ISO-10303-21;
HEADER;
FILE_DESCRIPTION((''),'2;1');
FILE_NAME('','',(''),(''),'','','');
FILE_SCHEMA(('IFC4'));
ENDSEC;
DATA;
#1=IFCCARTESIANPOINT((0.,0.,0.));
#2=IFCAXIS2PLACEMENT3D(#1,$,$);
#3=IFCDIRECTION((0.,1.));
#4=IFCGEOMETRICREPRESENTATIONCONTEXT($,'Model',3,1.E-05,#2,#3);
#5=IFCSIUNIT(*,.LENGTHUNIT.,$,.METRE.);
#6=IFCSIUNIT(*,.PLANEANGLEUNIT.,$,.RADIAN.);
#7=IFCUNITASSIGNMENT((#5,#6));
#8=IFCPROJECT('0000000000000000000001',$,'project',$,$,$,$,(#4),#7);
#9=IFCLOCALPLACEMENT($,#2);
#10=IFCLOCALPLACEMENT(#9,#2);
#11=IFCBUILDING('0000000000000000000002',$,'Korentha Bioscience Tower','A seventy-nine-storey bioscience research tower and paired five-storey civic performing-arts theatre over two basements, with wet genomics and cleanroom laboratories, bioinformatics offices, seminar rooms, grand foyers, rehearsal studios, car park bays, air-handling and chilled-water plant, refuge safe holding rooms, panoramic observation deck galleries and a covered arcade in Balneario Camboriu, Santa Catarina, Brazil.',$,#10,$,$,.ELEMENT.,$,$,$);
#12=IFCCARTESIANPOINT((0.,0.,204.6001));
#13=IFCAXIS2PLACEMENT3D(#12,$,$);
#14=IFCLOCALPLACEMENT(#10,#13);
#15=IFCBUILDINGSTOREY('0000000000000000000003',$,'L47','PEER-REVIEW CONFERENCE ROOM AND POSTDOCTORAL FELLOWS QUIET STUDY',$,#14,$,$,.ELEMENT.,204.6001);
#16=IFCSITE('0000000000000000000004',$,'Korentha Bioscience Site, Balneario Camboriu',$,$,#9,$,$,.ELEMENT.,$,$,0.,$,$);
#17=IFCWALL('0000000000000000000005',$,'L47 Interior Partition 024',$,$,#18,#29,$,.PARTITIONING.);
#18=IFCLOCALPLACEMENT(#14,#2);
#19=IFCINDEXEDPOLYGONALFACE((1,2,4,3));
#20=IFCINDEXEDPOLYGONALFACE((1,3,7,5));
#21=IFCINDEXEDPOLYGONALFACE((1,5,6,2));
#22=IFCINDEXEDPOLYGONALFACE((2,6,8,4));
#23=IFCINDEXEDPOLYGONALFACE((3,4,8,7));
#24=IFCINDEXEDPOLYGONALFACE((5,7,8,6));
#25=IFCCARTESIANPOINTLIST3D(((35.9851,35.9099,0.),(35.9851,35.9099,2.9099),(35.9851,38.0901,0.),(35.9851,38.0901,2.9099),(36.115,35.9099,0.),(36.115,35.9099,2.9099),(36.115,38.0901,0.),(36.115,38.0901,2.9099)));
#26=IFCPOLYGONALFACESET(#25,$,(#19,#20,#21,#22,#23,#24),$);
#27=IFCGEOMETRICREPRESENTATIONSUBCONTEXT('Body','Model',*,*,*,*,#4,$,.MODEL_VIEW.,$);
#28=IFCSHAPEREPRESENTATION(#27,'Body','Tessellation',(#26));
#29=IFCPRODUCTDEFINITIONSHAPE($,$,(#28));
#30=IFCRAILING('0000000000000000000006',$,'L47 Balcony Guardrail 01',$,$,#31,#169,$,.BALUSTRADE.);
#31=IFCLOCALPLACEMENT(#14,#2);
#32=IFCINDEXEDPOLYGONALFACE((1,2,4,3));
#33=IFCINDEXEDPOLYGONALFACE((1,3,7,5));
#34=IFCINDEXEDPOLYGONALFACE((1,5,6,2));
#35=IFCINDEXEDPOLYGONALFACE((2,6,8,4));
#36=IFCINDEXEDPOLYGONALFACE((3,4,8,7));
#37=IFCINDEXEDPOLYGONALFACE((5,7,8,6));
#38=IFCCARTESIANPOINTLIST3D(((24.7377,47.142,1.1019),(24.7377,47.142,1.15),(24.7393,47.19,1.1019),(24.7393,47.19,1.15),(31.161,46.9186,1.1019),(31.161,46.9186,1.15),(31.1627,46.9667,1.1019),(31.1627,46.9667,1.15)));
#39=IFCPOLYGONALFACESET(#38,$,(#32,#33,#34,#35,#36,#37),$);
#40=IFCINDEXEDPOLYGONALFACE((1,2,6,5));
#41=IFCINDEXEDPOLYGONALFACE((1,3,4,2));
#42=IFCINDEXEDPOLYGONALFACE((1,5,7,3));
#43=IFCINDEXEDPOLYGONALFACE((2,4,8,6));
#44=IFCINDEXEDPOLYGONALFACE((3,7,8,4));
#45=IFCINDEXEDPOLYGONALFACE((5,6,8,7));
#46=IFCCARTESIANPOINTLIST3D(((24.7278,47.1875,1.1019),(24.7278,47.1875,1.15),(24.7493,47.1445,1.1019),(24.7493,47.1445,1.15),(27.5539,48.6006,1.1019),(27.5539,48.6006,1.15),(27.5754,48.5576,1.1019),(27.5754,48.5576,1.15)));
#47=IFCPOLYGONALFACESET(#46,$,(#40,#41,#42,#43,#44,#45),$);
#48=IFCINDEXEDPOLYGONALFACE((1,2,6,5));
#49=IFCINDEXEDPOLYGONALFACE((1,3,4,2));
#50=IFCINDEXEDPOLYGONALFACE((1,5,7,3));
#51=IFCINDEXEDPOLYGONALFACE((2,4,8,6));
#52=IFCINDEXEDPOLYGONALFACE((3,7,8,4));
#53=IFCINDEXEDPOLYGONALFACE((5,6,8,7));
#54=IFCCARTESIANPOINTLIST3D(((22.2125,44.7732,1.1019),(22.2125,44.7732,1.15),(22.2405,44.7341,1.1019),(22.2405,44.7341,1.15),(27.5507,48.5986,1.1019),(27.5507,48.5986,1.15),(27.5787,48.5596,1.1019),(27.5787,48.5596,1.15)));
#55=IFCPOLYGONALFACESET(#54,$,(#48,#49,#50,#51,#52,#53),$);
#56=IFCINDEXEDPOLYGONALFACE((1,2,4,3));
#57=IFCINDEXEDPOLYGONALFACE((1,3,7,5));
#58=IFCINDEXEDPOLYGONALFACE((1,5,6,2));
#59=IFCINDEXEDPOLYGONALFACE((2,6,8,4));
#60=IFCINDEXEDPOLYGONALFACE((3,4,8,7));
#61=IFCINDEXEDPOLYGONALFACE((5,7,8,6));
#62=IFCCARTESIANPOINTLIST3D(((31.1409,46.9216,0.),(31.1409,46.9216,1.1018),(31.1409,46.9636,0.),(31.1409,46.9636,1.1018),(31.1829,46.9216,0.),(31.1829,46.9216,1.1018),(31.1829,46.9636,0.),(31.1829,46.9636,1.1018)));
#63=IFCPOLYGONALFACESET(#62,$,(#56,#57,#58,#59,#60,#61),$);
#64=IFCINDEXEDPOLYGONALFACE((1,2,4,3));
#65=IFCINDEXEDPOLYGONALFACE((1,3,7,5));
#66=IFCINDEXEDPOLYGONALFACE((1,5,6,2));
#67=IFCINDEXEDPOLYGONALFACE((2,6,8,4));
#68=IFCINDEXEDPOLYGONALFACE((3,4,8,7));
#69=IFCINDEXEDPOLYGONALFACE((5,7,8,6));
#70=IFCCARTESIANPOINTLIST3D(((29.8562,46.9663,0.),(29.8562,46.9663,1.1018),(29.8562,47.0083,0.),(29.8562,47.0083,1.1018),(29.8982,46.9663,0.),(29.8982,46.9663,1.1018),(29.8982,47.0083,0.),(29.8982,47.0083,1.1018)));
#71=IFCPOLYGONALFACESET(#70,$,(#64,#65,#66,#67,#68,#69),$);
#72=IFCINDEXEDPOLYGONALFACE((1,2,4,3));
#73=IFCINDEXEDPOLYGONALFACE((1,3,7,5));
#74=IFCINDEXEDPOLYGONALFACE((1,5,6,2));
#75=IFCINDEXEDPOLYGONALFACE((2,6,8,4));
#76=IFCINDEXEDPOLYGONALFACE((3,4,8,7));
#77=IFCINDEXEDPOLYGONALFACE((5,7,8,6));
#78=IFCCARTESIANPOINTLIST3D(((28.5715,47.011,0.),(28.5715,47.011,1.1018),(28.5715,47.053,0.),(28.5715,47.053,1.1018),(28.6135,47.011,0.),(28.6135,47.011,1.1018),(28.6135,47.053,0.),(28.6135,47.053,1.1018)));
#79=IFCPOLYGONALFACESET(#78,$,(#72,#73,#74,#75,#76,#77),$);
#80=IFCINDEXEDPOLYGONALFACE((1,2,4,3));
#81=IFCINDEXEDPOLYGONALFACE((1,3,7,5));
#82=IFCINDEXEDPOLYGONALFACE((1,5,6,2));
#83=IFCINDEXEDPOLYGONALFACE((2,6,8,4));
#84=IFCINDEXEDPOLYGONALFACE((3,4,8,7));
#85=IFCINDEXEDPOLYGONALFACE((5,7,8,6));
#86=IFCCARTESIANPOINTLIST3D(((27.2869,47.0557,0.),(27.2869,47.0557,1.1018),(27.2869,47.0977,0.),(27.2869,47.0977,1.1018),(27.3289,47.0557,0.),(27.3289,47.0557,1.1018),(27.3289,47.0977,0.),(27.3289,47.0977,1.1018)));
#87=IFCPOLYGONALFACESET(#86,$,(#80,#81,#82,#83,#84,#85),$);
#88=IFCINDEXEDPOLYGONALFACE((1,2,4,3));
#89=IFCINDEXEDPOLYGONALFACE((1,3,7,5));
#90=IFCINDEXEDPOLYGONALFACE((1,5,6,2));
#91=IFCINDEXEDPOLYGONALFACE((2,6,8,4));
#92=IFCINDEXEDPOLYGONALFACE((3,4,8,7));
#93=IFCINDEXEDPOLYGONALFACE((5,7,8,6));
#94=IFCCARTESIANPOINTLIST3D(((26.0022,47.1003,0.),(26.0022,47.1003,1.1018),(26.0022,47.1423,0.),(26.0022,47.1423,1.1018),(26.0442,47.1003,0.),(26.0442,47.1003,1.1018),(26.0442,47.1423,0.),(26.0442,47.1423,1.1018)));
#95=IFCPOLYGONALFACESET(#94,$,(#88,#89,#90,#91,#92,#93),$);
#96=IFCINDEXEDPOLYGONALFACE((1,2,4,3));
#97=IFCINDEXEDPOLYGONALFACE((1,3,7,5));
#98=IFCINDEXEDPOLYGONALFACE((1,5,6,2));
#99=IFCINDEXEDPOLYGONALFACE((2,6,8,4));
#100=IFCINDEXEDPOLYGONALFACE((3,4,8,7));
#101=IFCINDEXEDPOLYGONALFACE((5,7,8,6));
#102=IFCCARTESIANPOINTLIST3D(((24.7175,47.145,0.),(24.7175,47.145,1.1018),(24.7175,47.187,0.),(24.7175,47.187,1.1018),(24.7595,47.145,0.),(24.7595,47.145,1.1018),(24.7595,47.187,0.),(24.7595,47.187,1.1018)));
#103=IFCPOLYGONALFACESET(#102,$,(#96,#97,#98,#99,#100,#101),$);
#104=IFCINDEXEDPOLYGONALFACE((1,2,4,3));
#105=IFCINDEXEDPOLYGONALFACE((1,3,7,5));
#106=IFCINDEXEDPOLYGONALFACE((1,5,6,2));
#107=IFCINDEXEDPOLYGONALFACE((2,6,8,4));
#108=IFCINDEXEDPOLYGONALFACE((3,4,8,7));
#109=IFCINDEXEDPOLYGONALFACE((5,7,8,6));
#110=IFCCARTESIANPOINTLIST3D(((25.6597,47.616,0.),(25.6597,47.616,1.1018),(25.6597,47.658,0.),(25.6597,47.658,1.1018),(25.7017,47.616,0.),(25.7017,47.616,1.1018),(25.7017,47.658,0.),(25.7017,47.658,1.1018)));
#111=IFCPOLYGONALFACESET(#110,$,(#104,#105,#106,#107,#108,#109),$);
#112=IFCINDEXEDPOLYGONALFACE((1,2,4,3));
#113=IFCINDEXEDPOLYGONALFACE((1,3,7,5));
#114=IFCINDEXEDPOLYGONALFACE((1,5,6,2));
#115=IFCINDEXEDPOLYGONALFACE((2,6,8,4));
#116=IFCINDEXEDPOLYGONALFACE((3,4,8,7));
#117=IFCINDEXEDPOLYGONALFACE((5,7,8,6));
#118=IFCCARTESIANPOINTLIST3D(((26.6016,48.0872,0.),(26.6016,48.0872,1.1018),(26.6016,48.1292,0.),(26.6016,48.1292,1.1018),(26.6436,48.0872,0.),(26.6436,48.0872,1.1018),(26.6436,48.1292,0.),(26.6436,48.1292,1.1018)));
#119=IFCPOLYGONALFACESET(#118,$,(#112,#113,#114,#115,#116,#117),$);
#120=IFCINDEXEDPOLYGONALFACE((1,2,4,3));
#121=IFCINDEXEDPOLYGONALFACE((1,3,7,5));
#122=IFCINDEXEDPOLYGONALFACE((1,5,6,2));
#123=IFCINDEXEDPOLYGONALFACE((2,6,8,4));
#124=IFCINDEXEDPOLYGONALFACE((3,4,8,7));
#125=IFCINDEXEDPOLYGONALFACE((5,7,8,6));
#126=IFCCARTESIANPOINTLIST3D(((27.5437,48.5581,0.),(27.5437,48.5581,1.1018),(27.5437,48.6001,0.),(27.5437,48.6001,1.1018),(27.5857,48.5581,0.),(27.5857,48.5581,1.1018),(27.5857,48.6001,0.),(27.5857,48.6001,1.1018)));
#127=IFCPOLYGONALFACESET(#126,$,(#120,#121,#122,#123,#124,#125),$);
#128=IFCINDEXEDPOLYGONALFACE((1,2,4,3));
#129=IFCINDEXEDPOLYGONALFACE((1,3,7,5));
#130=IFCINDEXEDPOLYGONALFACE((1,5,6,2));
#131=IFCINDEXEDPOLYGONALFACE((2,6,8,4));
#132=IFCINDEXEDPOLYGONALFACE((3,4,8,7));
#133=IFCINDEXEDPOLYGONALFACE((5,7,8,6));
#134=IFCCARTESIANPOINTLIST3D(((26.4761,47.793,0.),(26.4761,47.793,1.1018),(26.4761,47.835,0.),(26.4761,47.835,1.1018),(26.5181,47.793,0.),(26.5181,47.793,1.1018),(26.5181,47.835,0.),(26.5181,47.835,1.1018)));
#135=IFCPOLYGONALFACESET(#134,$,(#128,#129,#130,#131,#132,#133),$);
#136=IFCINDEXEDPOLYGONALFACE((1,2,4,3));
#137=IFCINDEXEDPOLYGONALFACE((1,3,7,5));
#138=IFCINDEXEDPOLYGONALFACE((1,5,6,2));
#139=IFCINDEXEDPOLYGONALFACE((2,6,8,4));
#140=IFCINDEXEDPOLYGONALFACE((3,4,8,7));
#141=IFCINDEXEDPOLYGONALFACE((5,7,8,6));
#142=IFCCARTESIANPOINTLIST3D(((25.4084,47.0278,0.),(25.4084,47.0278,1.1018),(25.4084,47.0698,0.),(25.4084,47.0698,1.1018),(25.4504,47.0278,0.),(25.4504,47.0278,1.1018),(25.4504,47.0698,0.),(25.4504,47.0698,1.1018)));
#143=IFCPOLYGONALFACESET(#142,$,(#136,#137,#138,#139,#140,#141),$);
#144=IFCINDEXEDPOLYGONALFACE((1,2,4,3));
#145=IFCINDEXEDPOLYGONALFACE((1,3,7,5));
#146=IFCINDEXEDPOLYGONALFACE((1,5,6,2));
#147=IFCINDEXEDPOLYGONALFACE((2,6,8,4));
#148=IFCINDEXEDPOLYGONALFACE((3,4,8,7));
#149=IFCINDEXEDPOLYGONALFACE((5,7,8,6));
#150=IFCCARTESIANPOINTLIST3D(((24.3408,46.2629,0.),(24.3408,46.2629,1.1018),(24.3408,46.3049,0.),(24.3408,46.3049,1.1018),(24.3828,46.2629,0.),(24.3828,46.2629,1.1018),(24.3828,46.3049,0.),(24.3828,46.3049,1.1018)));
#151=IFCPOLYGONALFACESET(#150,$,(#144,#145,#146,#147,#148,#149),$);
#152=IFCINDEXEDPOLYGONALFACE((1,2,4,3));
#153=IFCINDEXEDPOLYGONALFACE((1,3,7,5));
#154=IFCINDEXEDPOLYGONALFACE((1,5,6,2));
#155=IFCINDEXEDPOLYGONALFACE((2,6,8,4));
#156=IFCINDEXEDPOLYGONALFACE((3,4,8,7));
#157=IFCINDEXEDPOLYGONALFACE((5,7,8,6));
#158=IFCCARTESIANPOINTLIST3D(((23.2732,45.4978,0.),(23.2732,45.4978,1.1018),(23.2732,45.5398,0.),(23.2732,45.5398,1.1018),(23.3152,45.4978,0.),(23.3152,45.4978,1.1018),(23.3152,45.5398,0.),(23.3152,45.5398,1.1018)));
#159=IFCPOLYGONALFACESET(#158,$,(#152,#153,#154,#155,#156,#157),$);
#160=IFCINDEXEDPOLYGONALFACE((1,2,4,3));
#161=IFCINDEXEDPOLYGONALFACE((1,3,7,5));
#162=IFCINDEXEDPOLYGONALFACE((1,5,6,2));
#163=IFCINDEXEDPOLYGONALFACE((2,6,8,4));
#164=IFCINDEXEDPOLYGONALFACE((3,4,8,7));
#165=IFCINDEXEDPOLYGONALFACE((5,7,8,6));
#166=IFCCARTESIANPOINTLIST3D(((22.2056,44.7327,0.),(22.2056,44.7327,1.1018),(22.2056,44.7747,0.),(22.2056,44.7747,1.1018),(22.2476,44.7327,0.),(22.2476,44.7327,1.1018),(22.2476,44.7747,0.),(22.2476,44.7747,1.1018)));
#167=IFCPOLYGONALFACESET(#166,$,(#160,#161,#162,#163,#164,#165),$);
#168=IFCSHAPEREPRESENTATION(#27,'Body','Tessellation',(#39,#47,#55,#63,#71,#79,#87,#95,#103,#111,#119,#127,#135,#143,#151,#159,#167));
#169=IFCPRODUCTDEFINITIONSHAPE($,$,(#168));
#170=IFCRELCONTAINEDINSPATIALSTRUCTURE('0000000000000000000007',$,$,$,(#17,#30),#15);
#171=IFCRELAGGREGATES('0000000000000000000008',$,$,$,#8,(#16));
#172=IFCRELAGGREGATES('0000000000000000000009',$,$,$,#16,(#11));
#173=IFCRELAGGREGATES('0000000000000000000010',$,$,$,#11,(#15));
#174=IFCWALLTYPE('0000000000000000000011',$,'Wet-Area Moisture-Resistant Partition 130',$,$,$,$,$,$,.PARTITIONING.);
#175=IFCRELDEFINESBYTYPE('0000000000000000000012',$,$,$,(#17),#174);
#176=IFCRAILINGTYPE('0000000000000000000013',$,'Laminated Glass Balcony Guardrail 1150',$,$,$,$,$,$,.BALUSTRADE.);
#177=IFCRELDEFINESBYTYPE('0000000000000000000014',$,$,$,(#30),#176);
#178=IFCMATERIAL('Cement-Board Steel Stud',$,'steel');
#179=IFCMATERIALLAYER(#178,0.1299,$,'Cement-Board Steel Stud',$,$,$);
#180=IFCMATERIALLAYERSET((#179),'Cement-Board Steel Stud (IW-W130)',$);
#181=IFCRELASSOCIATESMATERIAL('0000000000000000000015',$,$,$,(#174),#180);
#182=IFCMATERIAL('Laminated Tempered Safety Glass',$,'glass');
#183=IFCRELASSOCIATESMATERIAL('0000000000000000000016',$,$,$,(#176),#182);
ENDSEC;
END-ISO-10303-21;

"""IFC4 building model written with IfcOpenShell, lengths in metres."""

from ifc_helpers import new_model, si_unit, direction, frame, frame_2d, origin, origin_2d, place, context, subcontext, project, spatial, rectangle, extrude, material, layer, layer_set, type_object, element, save


model = new_model("IFC4")

# Units and contexts
model_context = context("Model", 3, precision=1e-05, world=origin(), true_north=direction((0.0, 1.0)))
body_context = subcontext(model_context, "Body", "Model", "MODEL_VIEW")
ifc_project = project(units=[si_unit("LENGTHUNIT", "METRE"), si_unit("PLANEANGLEUNIT", "RADIAN")], contexts=[model_context])

# Site, building, storey
site_placement = place(None, origin())
site = spatial("IfcSite", under=ifc_project, at=site_placement, Name="Korentha Bioscience Site, Balneario Camboriu", CompositionType="ELEMENT", RefElevation=0.0)
building_placement = place(site_placement, origin())
building = spatial("IfcBuilding", under=site, at=building_placement, Name="Korentha Bioscience Tower", Description="A seventy-nine-storey bioscience research tower and paired five-storey civic performing-arts theatre over two basements, with wet genomics and cleanroom laboratories, bioinformatics offices, seminar rooms, grand foyers, rehearsal studios, car park bays, air-handling and chilled-water plant, refuge safe holding rooms, panoramic observation deck galleries and a covered arcade in Balneario Camboriu, Santa Catarina, Brazil.", CompositionType="ELEMENT")
storey_placement = place(building_placement, frame((0.0, 0.0, 204.6001)))
storey = spatial("IfcBuildingStorey", under=building, at=storey_placement, Name="L47", Description="PEER-REVIEW CONFERENCE ROOM AND POSTDOCTORAL FELLOWS QUIET STUDY", CompositionType="ELEMENT", Elevation=204.6001)

# Shared definitions
ifc_material_1 = material(Name="Cement-Board Steel Stud", Category="steel")
ifc_layer_1 = layer(ifc_material_1, 0.1299, Name="Cement-Board Steel Stud")
ifc_layer_set_1 = layer_set([ifc_layer_1], Name="Cement-Board Steel Stud (IW-W130)")
wall_type_1 = type_object("IfcWallType", Name="Wet-Area Moisture-Resistant Partition 130", PredefinedType="PARTITIONING", material=ifc_layer_set_1)

# Wall
wall_1_placement = place(storey_placement, frame((36.05, 38.0901, 0.0), z_axis=(0.0, 0.0, 1.0), x_axis=(0.0, -1.0, 0.0)))
element("IfcWall", 1, at=wall_1_placement, inside=storey, type_object=wall_type_1, Name="L47 Interior Partition 024", PredefinedType="PARTITIONING", context=body_context, shape_type="SweptSolid", body=[
    extrude(rectangle(XDim=2.1802, YDim=0.1299, at=frame_2d((1.0901, 0.0))), origin(), (0.0, 0.0, 1.0), 2.9099),
])

# Railing
ifc_material_2 = material(Name="Laminated Tempered Safety Glass", Category="glass")
railing_type = type_object("IfcRailingType", Name="Laminated Glass Balcony Guardrail 1150", PredefinedType="BALUSTRADE", material=ifc_material_2)
railing_placement = place(storey_placement, frame((31.1619, 46.9426, 0.0)))
element("IfcRailing", 2, at=railing_placement, inside=storey, type_object=railing_type, Name="L47 Balcony Guardrail 01", PredefinedType="BALUSTRADE", context=body_context, shape_type="SweptSolid", body=[
    extrude(rectangle(XDim=0.0481, YDim=0.0481, at=origin_2d()), frame((0.0, 0.0, 1.126), z_axis=(-0.999396, 0.034757, 0.0), x_axis=(-0.034757, -0.999396, 0.0)), (0.0, 0.0, 1.0), 6.4272),
    extrude(rectangle(XDim=0.0481, YDim=0.0481, at=origin_2d()), frame((-6.4233, 0.2234, 1.126), z_axis=(0.894427, 0.447214, 0.0), x_axis=(-0.447214, 0.894427, 0.0)), (0.0, 0.0, 1.0), 3.1597),
    extrude(rectangle(XDim=0.0481, YDim=0.0481, at=origin_2d()), frame((-3.5972, 1.6365, 1.126), z_axis=(-0.812833, -0.582496, 0.0), x_axis=(0.582496, -0.812833, 0.0)), (0.0, 0.0, 1.0), 6.5674),
    extrude(rectangle(XDim=0.042, YDim=0.042, at=origin_2d()), origin(), (0.0, 0.0, 1.0), 1.1018),
    extrude(rectangle(XDim=0.042, YDim=0.042, at=origin_2d()), frame((-1.2847, 0.0447, 0.0)), (0.0, 0.0, 1.0), 1.1018),
    extrude(rectangle(XDim=0.042, YDim=0.042, at=origin_2d()), frame((-2.5693, 0.0894, 0.0)), (0.0, 0.0, 1.0), 1.1018),
    extrude(rectangle(XDim=0.042, YDim=0.042, at=origin_2d()), frame((-3.854, 0.134, 0.0)), (0.0, 0.0, 1.0), 1.1018),
    extrude(rectangle(XDim=0.042, YDim=0.042, at=origin_2d()), frame((-5.1387, 0.1787, 0.0)), (0.0, 0.0, 1.0), 1.1018),
    extrude(rectangle(XDim=0.042, YDim=0.042, at=origin_2d()), frame((-6.4233, 0.2234, 0.0)), (0.0, 0.0, 1.0), 1.1018),
    extrude(rectangle(XDim=0.042, YDim=0.042, at=origin_2d()), frame((-5.4812, 0.6943, 0.0)), (0.0, 0.0, 1.0), 1.1018),
    extrude(rectangle(XDim=0.042, YDim=0.042, at=origin_2d()), frame((-4.5393, 1.1655, 0.0)), (0.0, 0.0, 1.0), 1.1018),
    extrude(rectangle(XDim=0.042, YDim=0.042, at=origin_2d()), frame((-3.5972, 1.6365, 0.0)), (0.0, 0.0, 1.0), 1.1018),
    extrude(rectangle(XDim=0.042, YDim=0.042, at=origin_2d()), frame((-4.6648, 0.8713, 0.0)), (0.0, 0.0, 1.0), 1.1018),
    extrude(rectangle(XDim=0.042, YDim=0.042, at=origin_2d()), frame((-5.7324, 0.1062, 0.0)), (0.0, 0.0, 1.0), 1.1018),
    extrude(rectangle(XDim=0.042, YDim=0.042, at=origin_2d()), frame((-6.8, -0.6587, 0.0)), (0.0, 0.0, 1.0), 1.1018),
    extrude(rectangle(XDim=0.042, YDim=0.042, at=origin_2d()), frame((-7.8677, -1.4238, 0.0)), (0.0, 0.0, 1.0), 1.1018),
    extrude(rectangle(XDim=0.042, YDim=0.042, at=origin_2d()), frame((-8.9353, -2.189, 0.0)), (0.0, 0.0, 1.0), 1.1018),
])

save(model, "model.ifc")
